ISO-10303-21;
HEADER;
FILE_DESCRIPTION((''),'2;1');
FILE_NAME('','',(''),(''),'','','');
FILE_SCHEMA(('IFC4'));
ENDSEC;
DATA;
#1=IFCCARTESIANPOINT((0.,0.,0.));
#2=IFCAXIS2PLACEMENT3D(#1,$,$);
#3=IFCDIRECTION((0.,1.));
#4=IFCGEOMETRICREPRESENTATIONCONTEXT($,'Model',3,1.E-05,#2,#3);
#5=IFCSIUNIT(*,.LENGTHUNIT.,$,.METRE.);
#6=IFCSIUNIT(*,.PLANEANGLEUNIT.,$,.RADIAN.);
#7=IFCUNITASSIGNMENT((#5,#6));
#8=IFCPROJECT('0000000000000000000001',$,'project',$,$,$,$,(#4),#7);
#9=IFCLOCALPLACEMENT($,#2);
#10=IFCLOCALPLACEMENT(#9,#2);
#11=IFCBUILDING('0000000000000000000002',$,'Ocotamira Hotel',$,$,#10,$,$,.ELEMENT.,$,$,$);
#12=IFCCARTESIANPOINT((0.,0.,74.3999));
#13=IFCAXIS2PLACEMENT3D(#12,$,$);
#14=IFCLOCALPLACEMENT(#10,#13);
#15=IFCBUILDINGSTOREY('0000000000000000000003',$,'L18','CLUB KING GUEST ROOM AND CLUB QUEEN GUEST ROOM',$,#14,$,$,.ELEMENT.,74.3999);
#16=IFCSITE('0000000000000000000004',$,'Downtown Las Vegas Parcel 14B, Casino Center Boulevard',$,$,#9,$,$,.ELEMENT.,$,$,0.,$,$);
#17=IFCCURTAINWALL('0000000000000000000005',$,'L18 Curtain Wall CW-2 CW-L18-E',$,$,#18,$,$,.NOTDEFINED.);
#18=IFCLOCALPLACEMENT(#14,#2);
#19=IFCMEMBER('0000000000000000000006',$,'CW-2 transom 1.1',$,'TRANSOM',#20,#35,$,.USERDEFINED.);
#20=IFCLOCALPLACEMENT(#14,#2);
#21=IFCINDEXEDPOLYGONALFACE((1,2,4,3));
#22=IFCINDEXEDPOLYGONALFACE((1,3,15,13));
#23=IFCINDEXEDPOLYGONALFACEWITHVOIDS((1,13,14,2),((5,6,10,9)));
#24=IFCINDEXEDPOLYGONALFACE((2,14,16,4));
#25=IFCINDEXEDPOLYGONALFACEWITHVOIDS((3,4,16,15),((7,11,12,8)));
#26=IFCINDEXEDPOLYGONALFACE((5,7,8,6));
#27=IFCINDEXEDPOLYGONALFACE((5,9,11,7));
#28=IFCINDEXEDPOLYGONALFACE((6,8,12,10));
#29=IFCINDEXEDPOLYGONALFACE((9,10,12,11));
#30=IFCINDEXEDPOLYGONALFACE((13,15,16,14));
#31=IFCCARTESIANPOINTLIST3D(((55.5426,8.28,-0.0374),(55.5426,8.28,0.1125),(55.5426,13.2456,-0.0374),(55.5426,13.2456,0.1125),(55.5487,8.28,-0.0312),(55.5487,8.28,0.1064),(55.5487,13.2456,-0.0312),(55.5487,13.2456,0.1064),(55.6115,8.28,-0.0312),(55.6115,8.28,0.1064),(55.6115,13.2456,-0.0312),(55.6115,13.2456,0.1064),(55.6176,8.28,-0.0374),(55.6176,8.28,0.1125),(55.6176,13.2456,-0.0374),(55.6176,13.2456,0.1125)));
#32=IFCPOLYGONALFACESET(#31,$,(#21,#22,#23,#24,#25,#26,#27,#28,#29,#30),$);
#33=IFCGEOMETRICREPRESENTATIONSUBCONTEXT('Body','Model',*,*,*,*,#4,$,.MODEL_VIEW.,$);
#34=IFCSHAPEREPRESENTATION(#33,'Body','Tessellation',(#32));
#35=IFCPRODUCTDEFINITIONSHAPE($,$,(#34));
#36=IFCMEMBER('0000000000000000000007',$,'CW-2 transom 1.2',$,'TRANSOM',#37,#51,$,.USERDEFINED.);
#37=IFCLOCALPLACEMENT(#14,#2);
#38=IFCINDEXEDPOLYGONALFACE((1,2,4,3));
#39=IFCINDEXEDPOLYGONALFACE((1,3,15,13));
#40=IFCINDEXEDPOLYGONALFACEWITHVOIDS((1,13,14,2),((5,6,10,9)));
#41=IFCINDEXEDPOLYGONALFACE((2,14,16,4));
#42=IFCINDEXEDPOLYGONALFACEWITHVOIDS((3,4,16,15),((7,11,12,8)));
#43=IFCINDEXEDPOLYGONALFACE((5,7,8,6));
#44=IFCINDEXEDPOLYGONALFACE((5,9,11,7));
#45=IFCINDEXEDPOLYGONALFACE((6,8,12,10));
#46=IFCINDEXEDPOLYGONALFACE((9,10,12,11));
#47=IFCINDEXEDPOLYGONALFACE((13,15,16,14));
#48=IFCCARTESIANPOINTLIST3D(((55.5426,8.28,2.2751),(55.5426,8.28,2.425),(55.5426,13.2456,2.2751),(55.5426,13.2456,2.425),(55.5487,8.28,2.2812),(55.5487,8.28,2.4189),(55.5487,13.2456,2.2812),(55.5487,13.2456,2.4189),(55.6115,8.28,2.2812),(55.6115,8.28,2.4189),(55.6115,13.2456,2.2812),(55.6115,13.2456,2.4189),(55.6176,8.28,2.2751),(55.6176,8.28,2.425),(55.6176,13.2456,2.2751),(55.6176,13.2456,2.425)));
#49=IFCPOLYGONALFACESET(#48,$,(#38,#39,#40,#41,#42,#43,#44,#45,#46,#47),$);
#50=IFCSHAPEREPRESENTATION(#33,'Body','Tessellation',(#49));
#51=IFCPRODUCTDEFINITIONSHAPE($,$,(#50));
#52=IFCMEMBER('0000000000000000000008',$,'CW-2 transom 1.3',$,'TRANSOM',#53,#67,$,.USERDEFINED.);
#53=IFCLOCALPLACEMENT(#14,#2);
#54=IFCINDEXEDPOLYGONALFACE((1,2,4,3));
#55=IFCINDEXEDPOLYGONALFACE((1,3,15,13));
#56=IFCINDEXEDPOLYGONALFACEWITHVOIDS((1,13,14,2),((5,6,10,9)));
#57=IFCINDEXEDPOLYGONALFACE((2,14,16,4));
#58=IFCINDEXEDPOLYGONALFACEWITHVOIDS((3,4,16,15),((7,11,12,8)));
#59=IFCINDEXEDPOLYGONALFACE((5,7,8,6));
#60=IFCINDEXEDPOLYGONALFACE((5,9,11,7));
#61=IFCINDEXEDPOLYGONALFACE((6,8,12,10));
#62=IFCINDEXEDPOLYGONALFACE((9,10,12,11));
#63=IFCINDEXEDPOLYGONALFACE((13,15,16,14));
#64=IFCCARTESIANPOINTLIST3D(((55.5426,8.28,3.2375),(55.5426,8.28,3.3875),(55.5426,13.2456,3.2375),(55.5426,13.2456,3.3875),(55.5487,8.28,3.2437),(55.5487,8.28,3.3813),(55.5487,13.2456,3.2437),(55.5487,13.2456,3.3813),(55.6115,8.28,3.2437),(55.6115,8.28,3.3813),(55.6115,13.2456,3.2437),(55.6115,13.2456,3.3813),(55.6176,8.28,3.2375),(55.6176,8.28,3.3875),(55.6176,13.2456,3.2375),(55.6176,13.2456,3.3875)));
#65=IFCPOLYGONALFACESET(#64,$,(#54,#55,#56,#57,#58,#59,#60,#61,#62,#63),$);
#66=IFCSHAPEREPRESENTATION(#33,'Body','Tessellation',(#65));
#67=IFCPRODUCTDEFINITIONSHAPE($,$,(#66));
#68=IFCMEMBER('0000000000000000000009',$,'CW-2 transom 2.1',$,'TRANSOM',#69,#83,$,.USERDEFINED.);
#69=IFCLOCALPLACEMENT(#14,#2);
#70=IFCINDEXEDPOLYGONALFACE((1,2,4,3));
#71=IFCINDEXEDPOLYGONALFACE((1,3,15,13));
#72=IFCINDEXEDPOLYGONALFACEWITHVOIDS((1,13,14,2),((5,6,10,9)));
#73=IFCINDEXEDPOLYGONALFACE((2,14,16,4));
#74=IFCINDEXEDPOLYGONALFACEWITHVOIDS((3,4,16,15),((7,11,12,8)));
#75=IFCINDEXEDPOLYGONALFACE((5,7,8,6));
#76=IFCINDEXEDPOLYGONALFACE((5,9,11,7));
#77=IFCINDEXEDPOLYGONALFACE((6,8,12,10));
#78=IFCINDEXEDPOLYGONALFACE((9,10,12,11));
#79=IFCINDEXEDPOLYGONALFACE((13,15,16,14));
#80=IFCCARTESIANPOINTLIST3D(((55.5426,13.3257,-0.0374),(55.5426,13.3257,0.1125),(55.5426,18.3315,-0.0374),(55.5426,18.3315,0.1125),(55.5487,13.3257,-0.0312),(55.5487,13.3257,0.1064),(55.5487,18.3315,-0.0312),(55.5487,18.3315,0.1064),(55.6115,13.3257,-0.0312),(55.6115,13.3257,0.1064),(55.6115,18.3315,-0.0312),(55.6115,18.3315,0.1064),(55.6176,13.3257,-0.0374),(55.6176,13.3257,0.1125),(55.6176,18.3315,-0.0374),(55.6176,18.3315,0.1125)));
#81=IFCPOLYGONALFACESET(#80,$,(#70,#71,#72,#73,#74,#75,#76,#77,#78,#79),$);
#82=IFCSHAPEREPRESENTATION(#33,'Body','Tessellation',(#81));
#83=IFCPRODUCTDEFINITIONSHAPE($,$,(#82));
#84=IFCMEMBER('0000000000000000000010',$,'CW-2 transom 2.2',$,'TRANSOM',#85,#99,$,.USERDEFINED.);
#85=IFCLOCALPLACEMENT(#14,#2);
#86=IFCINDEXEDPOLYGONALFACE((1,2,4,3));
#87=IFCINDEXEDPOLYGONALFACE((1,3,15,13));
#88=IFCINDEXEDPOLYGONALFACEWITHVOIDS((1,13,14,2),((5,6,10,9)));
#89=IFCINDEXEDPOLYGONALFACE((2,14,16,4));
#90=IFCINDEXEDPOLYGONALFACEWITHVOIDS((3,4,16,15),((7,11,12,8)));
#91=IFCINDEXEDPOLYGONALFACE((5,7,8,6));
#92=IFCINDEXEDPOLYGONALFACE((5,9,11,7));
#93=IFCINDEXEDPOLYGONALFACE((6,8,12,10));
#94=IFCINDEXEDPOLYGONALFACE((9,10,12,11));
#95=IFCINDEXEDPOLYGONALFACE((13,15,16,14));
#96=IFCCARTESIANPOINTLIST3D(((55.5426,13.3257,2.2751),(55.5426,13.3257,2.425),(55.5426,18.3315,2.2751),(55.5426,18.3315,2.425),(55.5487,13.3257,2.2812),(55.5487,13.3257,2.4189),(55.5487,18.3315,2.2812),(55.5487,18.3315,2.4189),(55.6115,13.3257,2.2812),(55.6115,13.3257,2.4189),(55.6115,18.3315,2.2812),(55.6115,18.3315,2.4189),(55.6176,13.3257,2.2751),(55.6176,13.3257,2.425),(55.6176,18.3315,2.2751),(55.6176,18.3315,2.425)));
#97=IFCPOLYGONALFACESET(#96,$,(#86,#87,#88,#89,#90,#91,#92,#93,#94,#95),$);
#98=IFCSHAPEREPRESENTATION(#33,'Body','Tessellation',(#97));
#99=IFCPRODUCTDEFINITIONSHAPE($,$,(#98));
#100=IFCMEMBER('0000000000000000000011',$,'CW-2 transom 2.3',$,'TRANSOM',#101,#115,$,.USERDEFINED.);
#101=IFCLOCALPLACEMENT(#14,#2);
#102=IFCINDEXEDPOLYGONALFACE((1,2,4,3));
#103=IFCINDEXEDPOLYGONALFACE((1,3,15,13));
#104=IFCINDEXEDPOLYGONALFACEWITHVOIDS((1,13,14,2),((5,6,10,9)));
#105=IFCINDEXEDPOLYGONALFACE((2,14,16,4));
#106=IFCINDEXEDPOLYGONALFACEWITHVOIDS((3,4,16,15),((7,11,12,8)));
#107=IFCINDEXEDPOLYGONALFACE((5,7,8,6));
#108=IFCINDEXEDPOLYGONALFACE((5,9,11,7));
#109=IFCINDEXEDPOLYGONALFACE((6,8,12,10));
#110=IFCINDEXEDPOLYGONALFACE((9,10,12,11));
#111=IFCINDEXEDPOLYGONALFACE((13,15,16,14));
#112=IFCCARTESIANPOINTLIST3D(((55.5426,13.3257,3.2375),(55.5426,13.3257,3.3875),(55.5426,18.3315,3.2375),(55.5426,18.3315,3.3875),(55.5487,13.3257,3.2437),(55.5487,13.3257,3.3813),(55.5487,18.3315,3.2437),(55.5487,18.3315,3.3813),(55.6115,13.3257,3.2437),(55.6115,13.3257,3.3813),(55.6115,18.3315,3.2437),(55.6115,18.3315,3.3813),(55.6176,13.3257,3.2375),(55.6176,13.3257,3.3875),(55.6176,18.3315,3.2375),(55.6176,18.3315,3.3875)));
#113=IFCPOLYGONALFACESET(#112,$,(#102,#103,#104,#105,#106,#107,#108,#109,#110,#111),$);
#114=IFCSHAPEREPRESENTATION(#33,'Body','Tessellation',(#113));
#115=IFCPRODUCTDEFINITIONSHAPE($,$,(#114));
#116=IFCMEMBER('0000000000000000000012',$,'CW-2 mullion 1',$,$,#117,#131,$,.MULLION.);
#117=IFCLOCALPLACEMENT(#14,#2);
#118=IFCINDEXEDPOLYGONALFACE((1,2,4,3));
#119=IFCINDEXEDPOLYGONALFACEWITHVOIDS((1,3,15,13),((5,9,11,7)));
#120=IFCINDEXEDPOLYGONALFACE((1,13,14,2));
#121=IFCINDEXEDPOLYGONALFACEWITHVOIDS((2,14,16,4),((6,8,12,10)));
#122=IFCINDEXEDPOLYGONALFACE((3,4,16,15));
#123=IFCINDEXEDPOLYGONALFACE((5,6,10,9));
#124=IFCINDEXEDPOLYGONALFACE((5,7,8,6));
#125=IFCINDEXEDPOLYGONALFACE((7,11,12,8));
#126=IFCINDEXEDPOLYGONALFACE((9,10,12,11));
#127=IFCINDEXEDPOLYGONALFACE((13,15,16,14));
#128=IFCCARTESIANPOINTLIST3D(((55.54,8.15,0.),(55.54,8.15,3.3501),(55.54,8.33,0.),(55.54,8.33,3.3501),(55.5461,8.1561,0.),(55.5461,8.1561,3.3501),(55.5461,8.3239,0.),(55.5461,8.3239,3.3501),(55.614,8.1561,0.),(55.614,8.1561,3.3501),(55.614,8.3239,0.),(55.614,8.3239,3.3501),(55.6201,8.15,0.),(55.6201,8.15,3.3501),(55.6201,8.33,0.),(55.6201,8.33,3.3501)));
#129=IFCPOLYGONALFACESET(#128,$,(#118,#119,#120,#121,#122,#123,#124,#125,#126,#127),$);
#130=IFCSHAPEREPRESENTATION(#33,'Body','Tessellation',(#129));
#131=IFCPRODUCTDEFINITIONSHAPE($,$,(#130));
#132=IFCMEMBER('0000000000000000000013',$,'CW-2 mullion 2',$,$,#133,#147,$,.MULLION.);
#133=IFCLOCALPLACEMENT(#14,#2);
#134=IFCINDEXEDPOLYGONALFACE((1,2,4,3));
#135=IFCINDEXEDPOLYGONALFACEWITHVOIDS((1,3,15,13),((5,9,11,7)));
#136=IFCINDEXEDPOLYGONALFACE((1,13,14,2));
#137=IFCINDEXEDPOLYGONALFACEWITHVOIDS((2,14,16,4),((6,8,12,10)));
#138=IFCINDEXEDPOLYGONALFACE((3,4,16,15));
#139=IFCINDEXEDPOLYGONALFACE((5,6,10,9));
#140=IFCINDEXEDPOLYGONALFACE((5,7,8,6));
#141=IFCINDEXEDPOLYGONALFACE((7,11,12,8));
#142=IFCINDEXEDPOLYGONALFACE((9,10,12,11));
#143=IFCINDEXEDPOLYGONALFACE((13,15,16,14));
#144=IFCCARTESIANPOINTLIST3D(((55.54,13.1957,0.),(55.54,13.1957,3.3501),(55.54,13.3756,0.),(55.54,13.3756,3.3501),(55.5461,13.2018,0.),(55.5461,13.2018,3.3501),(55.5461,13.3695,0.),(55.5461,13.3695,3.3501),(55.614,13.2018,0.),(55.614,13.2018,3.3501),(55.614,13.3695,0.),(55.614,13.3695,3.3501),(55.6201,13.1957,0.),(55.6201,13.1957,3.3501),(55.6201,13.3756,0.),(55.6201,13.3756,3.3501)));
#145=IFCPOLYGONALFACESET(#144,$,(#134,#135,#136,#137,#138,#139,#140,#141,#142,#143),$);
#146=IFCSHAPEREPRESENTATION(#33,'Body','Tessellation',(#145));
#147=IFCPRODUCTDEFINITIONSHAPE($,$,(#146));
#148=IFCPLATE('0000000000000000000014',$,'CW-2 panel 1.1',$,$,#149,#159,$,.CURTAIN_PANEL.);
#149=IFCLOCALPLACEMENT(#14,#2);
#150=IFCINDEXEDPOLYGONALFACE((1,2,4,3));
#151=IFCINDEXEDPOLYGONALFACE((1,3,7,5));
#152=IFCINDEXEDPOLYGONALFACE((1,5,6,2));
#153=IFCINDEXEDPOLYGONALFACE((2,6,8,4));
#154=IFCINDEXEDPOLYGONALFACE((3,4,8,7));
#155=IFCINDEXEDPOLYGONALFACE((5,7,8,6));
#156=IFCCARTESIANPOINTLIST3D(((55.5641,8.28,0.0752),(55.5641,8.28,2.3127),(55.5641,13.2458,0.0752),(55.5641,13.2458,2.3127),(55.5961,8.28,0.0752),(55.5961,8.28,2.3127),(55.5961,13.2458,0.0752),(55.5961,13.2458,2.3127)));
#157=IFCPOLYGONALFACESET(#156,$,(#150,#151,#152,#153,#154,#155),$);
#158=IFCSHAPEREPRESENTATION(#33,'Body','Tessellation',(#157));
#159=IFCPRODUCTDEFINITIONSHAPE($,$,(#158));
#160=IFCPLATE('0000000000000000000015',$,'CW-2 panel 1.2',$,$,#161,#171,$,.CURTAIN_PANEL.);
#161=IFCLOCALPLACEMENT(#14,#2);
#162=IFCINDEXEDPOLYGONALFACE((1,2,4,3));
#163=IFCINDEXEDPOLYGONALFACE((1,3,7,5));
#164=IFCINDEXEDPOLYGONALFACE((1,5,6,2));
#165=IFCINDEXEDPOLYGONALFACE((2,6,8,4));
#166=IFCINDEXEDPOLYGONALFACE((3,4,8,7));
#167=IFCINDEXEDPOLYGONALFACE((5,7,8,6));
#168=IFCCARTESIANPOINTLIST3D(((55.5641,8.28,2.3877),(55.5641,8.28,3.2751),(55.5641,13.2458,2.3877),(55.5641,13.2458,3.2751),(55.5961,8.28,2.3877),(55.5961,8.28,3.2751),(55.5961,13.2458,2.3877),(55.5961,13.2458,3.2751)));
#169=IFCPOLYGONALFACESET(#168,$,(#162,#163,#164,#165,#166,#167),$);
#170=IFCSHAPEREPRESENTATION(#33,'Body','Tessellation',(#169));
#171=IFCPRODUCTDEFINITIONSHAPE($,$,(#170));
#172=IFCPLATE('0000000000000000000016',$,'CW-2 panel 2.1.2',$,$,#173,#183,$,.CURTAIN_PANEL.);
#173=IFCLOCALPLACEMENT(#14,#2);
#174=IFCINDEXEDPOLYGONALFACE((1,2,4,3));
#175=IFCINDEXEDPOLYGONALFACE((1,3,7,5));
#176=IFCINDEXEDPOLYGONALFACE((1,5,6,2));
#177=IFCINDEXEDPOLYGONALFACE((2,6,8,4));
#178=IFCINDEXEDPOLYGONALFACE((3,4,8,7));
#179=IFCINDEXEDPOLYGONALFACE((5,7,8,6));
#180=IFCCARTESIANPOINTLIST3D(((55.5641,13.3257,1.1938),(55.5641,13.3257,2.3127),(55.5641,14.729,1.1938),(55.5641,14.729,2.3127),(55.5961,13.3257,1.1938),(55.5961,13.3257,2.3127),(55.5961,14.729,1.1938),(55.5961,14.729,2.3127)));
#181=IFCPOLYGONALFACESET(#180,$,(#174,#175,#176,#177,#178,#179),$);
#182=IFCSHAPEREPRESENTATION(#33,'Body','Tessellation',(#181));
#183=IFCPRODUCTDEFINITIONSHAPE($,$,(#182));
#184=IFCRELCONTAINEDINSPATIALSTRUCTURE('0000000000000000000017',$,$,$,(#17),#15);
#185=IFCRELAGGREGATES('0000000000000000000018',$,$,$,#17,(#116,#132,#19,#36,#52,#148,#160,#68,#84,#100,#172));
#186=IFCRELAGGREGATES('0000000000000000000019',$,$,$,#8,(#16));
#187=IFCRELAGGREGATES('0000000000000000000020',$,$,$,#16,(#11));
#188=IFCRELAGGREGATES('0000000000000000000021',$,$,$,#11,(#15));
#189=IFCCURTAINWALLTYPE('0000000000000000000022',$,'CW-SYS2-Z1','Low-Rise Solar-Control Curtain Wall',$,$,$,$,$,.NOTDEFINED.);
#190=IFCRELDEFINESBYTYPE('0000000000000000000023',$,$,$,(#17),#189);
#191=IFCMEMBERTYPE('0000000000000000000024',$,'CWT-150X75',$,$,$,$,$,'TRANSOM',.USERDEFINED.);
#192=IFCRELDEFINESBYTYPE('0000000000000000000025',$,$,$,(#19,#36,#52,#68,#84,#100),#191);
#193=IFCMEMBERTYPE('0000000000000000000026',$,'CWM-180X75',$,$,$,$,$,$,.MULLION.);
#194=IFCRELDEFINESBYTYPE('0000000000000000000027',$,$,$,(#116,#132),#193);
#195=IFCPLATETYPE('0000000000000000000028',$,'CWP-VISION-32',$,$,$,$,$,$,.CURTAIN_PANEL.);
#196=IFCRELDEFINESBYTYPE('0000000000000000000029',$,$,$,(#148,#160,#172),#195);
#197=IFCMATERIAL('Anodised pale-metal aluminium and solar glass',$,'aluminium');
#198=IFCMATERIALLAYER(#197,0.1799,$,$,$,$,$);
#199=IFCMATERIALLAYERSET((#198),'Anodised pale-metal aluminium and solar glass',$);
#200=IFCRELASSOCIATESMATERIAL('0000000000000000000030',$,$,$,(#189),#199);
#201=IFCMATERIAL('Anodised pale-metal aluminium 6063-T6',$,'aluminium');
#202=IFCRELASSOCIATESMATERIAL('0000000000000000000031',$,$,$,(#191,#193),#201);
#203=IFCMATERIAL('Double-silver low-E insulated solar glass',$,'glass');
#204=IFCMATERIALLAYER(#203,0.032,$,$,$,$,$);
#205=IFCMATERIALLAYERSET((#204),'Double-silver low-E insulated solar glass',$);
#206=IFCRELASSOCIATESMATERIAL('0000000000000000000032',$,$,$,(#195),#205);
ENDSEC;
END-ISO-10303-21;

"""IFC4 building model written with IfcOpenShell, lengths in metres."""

from ifc_helpers import new_model, si_unit, direction, frame, origin, origin_2d, place, context, subcontext, project, spatial, rectangle, hollow_rectangle, extrude, source, transform, mapped, material, layer, layer_set, material_profile, profile_set, type_object, element, aggregate, save


model = new_model("IFC4")

# Units and contexts
model_context = context("Model", 3, precision=1e-05, world=origin(), true_north=direction((0.0, 1.0)))
body_context = subcontext(model_context, "Body", "Model", "MODEL_VIEW")
ifc_project = project(units=[si_unit("LENGTHUNIT", "METRE"), si_unit("PLANEANGLEUNIT", "RADIAN")], contexts=[model_context])

# Site, building, storey
site_placement = place(None, origin())
site = spatial("IfcSite", under=ifc_project, at=site_placement, Name="Downtown Las Vegas Parcel 14B, Casino Center Boulevard", CompositionType="ELEMENT", RefElevation=0.0)
building_placement = place(site_placement, origin())
building = spatial("IfcBuilding", under=site, at=building_placement, Name="Ocotamira Hotel", CompositionType="ELEMENT")
storey_placement = place(building_placement, frame((0.0, 0.0, 74.3999)))
storey = spatial("IfcBuildingStorey", under=building, at=storey_placement, Name="L18", Description="CLUB KING GUEST ROOM AND CLUB QUEEN GUEST ROOM", CompositionType="ELEMENT", Elevation=74.3999)

# Curtain wall, members, plates
ifc_material_1 = material(Name="Anodised pale-metal aluminium and solar glass", Category="aluminium")
ifc_layer_1 = layer(ifc_material_1, 0.1799)
ifc_layer_set_1 = layer_set([ifc_layer_1], Name="Anodised pale-metal aluminium and solar glass")
curtain_wall_type = type_object("IfcCurtainWallType", Name="CW-SYS2-Z1", Description="Low-Rise Solar-Control Curtain Wall", PredefinedType="NOTDEFINED", material=ifc_layer_set_1)
curtain_wall_placement = place(storey_placement, origin())
curtain_wall = element("IfcCurtainWall", 1, at=curtain_wall_placement, inside=storey, type_object=curtain_wall_type, Name="L18 Curtain Wall CW-2 CW-L18-E", PredefinedType="NOTDEFINED")
ifc_material_2 = material(Name="Anodised pale-metal aluminium 6063-T6", Category="aluminium")
ifc_material_profile_1 = material_profile(ifc_material_2, hollow_rectangle(XDim=0.075, YDim=0.1499, WallThickness=0.0061, at=origin_2d()), Name="HSS150X75X6")
ifc_profile_set_1 = profile_set([ifc_material_profile_1], Name="Anodised pale-metal aluminium 6063-T6")
member_type_1 = type_object("IfcMemberType", Name="CWT-150X75", ElementType="TRANSOM", PredefinedType="USERDEFINED", material=ifc_profile_set_1)
shared_shape_1 = source(origin(), body_context, "Body", "SweptSolid", [
    extrude(hollow_rectangle(XDim=0.075, YDim=0.1499, WallThickness=0.0061, at=origin_2d()), origin(), (0.0, 0.0, 1.0), 4.9656),
])
member_1_placement = place(storey_placement, frame((55.5801, 8.28, 0.0376), z_axis=(0.0, 1.0, 0.0), x_axis=(-1.0, 0.0, 0.0)))
member_1 = element("IfcMember", 2, at=member_1_placement, type_object=member_type_1, Name="CW-2 transom 1.1", ObjectType="TRANSOM", PredefinedType="USERDEFINED", context=body_context, shape_type="MappedRepresentation", body=[
    mapped(shared_shape_1, transform((0.0, 0.0, 0.0), scale=1.0)),
])
member_2_placement = place(storey_placement, frame((55.5801, 8.28, 2.3501), z_axis=(0.0, 1.0, 0.0), x_axis=(-1.0, 0.0, 0.0)))
member_2 = element("IfcMember", 3, at=member_2_placement, type_object=member_type_1, Name="CW-2 transom 1.2", ObjectType="TRANSOM", PredefinedType="USERDEFINED", context=body_context, shape_type="MappedRepresentation", body=[
    mapped(shared_shape_1, transform((0.0, 0.0, 0.0), scale=1.0)),
])
member_3_placement = place(storey_placement, frame((55.5801, 8.28, 3.3125), z_axis=(0.0, 1.0, 0.0), x_axis=(-1.0, 0.0, 0.0)))
member_3 = element("IfcMember", 4, at=member_3_placement, type_object=member_type_1, Name="CW-2 transom 1.3", ObjectType="TRANSOM", PredefinedType="USERDEFINED", context=body_context, shape_type="MappedRepresentation", body=[
    mapped(shared_shape_1, transform((0.0, 0.0, 0.0), scale=1.0)),
])
shared_shape_2 = source(origin(), body_context, "Body", "SweptSolid", [
    extrude(hollow_rectangle(XDim=0.075, YDim=0.1499, WallThickness=0.0061, at=origin_2d()), origin(), (0.0, 0.0, 1.0), 5.0059),
])
member_4_placement = place(storey_placement, frame((55.5801, 13.3257, 0.0376), z_axis=(0.0, 1.0, 0.0), x_axis=(-1.0, 0.0, 0.0)))
member_4 = element("IfcMember", 5, at=member_4_placement, type_object=member_type_1, Name="CW-2 transom 2.1", ObjectType="TRANSOM", PredefinedType="USERDEFINED", context=body_context, shape_type="MappedRepresentation", body=[
    mapped(shared_shape_2, transform((0.0, 0.0, 0.0), scale=1.0)),
])
member_5_placement = place(storey_placement, frame((55.5801, 13.3257, 2.3501), z_axis=(0.0, 1.0, 0.0), x_axis=(-1.0, 0.0, 0.0)))
member_5 = element("IfcMember", 6, at=member_5_placement, type_object=member_type_1, Name="CW-2 transom 2.2", ObjectType="TRANSOM", PredefinedType="USERDEFINED", context=body_context, shape_type="MappedRepresentation", body=[
    mapped(shared_shape_2, transform((0.0, 0.0, 0.0), scale=1.0)),
])
member_6_placement = place(storey_placement, frame((55.5801, 13.3257, 3.3125), z_axis=(0.0, 1.0, 0.0), x_axis=(-1.0, 0.0, 0.0)))
member_6 = element("IfcMember", 7, at=member_6_placement, type_object=member_type_1, Name="CW-2 transom 2.3", ObjectType="TRANSOM", PredefinedType="USERDEFINED", context=body_context, shape_type="MappedRepresentation", body=[
    mapped(shared_shape_2, transform((0.0, 0.0, 0.0), scale=1.0)),
])
ifc_material_profile_2 = material_profile(ifc_material_2, hollow_rectangle(XDim=0.0801, YDim=0.1799, WallThickness=0.0061, at=origin_2d()), Name="HSS180X80X6")
ifc_profile_set_2 = profile_set([ifc_material_profile_2], Name="Anodised pale-metal aluminium 6063-T6")
member_type_2 = type_object("IfcMemberType", Name="CWM-180X75", PredefinedType="MULLION", material=ifc_profile_set_2)
shared_shape_3 = source(origin(), body_context, "Body", "SweptSolid", [
    extrude(hollow_rectangle(XDim=0.0801, YDim=0.1799, WallThickness=0.0061, at=origin_2d()), origin(), (0.0, 0.0, 1.0), 3.3501),
])
member_7_placement = place(storey_placement, frame((55.5801, 8.24, 0.0), z_axis=(0.0, 0.0, 1.0), x_axis=(-1.0, 0.0, 0.0)))
member_7 = element("IfcMember", 8, at=member_7_placement, type_object=member_type_2, Name="CW-2 mullion 1", PredefinedType="MULLION", context=body_context, shape_type="MappedRepresentation", body=[
    mapped(shared_shape_3, transform((0.0, 0.0, 0.0), scale=1.0)),
])
member_8_placement = place(storey_placement, frame((55.5801, 13.2856, 0.0), z_axis=(0.0, 0.0, 1.0), x_axis=(-1.0, 0.0, 0.0)))
member_8 = element("IfcMember", 9, at=member_8_placement, type_object=member_type_2, Name="CW-2 mullion 2", PredefinedType="MULLION", context=body_context, shape_type="MappedRepresentation", body=[
    mapped(shared_shape_3, transform((0.0, 0.0, 0.0), scale=1.0)),
])
ifc_material_3 = material(Name="Double-silver low-E insulated solar glass", Category="glass")
ifc_layer_2 = layer(ifc_material_3, 0.032)
ifc_layer_set_2 = layer_set([ifc_layer_2], Name="Double-silver low-E insulated solar glass")
plate_type = type_object("IfcPlateType", Name="CWP-VISION-32", PredefinedType="CURTAIN_PANEL", material=ifc_layer_set_2)
shared_shape_4 = source(origin(), body_context, "Body", "SweptSolid", [
    extrude(rectangle(XDim=4.9658, YDim=0.032, at=origin_2d()), origin(), (0.0, 0.0, 1.0), 2.2375),
])
plate_1_placement = place(storey_placement, frame((55.5801, 10.7629, 0.0752), z_axis=(0.0, 0.0, 1.0), x_axis=(0.0, 1.0, 0.0)))
plate_1 = element("IfcPlate", 10, at=plate_1_placement, type_object=plate_type, Name="CW-2 panel 1.1", PredefinedType="CURTAIN_PANEL", context=body_context, shape_type="MappedRepresentation", body=[
    mapped(shared_shape_4, transform((0.0, 0.0, 0.0), scale=1.0)),
])
shared_shape_5 = source(origin(), body_context, "Body", "SweptSolid", [
    extrude(rectangle(XDim=4.9658, YDim=0.032, at=origin_2d()), origin(), (0.0, 0.0, 1.0), 0.8875),
])
plate_2_placement = place(storey_placement, frame((55.5801, 10.7629, 2.3877), z_axis=(0.0, 0.0, 1.0), x_axis=(0.0, 1.0, 0.0)))
plate_2 = element("IfcPlate", 11, at=plate_2_placement, type_object=plate_type, Name="CW-2 panel 1.2", PredefinedType="CURTAIN_PANEL", context=body_context, shape_type="MappedRepresentation", body=[
    mapped(shared_shape_5, transform((0.0, 0.0, 0.0), scale=1.0)),
])
shared_shape_6 = source(origin(), body_context, "Body", "SweptSolid", [
    extrude(rectangle(XDim=1.4033, YDim=0.032, at=origin_2d()), origin(), (0.0, 0.0, 1.0), 1.1189),
])
plate_3_placement = place(storey_placement, frame((55.5801, 14.0273, 1.1938), z_axis=(0.0, 0.0, 1.0), x_axis=(0.0, 1.0, 0.0)))
plate_3 = element("IfcPlate", 12, at=plate_3_placement, type_object=plate_type, Name="CW-2 panel 2.1.2", PredefinedType="CURTAIN_PANEL", context=body_context, shape_type="MappedRepresentation", body=[
    mapped(shared_shape_6, transform((0.0, 0.0, 0.0), scale=1.0)),
])
aggregate(curtain_wall, [member_7, member_8, member_1, member_2, member_3, plate_1, plate_2, member_4, member_5, member_6, plate_3])

save(model, "model.ifc")
